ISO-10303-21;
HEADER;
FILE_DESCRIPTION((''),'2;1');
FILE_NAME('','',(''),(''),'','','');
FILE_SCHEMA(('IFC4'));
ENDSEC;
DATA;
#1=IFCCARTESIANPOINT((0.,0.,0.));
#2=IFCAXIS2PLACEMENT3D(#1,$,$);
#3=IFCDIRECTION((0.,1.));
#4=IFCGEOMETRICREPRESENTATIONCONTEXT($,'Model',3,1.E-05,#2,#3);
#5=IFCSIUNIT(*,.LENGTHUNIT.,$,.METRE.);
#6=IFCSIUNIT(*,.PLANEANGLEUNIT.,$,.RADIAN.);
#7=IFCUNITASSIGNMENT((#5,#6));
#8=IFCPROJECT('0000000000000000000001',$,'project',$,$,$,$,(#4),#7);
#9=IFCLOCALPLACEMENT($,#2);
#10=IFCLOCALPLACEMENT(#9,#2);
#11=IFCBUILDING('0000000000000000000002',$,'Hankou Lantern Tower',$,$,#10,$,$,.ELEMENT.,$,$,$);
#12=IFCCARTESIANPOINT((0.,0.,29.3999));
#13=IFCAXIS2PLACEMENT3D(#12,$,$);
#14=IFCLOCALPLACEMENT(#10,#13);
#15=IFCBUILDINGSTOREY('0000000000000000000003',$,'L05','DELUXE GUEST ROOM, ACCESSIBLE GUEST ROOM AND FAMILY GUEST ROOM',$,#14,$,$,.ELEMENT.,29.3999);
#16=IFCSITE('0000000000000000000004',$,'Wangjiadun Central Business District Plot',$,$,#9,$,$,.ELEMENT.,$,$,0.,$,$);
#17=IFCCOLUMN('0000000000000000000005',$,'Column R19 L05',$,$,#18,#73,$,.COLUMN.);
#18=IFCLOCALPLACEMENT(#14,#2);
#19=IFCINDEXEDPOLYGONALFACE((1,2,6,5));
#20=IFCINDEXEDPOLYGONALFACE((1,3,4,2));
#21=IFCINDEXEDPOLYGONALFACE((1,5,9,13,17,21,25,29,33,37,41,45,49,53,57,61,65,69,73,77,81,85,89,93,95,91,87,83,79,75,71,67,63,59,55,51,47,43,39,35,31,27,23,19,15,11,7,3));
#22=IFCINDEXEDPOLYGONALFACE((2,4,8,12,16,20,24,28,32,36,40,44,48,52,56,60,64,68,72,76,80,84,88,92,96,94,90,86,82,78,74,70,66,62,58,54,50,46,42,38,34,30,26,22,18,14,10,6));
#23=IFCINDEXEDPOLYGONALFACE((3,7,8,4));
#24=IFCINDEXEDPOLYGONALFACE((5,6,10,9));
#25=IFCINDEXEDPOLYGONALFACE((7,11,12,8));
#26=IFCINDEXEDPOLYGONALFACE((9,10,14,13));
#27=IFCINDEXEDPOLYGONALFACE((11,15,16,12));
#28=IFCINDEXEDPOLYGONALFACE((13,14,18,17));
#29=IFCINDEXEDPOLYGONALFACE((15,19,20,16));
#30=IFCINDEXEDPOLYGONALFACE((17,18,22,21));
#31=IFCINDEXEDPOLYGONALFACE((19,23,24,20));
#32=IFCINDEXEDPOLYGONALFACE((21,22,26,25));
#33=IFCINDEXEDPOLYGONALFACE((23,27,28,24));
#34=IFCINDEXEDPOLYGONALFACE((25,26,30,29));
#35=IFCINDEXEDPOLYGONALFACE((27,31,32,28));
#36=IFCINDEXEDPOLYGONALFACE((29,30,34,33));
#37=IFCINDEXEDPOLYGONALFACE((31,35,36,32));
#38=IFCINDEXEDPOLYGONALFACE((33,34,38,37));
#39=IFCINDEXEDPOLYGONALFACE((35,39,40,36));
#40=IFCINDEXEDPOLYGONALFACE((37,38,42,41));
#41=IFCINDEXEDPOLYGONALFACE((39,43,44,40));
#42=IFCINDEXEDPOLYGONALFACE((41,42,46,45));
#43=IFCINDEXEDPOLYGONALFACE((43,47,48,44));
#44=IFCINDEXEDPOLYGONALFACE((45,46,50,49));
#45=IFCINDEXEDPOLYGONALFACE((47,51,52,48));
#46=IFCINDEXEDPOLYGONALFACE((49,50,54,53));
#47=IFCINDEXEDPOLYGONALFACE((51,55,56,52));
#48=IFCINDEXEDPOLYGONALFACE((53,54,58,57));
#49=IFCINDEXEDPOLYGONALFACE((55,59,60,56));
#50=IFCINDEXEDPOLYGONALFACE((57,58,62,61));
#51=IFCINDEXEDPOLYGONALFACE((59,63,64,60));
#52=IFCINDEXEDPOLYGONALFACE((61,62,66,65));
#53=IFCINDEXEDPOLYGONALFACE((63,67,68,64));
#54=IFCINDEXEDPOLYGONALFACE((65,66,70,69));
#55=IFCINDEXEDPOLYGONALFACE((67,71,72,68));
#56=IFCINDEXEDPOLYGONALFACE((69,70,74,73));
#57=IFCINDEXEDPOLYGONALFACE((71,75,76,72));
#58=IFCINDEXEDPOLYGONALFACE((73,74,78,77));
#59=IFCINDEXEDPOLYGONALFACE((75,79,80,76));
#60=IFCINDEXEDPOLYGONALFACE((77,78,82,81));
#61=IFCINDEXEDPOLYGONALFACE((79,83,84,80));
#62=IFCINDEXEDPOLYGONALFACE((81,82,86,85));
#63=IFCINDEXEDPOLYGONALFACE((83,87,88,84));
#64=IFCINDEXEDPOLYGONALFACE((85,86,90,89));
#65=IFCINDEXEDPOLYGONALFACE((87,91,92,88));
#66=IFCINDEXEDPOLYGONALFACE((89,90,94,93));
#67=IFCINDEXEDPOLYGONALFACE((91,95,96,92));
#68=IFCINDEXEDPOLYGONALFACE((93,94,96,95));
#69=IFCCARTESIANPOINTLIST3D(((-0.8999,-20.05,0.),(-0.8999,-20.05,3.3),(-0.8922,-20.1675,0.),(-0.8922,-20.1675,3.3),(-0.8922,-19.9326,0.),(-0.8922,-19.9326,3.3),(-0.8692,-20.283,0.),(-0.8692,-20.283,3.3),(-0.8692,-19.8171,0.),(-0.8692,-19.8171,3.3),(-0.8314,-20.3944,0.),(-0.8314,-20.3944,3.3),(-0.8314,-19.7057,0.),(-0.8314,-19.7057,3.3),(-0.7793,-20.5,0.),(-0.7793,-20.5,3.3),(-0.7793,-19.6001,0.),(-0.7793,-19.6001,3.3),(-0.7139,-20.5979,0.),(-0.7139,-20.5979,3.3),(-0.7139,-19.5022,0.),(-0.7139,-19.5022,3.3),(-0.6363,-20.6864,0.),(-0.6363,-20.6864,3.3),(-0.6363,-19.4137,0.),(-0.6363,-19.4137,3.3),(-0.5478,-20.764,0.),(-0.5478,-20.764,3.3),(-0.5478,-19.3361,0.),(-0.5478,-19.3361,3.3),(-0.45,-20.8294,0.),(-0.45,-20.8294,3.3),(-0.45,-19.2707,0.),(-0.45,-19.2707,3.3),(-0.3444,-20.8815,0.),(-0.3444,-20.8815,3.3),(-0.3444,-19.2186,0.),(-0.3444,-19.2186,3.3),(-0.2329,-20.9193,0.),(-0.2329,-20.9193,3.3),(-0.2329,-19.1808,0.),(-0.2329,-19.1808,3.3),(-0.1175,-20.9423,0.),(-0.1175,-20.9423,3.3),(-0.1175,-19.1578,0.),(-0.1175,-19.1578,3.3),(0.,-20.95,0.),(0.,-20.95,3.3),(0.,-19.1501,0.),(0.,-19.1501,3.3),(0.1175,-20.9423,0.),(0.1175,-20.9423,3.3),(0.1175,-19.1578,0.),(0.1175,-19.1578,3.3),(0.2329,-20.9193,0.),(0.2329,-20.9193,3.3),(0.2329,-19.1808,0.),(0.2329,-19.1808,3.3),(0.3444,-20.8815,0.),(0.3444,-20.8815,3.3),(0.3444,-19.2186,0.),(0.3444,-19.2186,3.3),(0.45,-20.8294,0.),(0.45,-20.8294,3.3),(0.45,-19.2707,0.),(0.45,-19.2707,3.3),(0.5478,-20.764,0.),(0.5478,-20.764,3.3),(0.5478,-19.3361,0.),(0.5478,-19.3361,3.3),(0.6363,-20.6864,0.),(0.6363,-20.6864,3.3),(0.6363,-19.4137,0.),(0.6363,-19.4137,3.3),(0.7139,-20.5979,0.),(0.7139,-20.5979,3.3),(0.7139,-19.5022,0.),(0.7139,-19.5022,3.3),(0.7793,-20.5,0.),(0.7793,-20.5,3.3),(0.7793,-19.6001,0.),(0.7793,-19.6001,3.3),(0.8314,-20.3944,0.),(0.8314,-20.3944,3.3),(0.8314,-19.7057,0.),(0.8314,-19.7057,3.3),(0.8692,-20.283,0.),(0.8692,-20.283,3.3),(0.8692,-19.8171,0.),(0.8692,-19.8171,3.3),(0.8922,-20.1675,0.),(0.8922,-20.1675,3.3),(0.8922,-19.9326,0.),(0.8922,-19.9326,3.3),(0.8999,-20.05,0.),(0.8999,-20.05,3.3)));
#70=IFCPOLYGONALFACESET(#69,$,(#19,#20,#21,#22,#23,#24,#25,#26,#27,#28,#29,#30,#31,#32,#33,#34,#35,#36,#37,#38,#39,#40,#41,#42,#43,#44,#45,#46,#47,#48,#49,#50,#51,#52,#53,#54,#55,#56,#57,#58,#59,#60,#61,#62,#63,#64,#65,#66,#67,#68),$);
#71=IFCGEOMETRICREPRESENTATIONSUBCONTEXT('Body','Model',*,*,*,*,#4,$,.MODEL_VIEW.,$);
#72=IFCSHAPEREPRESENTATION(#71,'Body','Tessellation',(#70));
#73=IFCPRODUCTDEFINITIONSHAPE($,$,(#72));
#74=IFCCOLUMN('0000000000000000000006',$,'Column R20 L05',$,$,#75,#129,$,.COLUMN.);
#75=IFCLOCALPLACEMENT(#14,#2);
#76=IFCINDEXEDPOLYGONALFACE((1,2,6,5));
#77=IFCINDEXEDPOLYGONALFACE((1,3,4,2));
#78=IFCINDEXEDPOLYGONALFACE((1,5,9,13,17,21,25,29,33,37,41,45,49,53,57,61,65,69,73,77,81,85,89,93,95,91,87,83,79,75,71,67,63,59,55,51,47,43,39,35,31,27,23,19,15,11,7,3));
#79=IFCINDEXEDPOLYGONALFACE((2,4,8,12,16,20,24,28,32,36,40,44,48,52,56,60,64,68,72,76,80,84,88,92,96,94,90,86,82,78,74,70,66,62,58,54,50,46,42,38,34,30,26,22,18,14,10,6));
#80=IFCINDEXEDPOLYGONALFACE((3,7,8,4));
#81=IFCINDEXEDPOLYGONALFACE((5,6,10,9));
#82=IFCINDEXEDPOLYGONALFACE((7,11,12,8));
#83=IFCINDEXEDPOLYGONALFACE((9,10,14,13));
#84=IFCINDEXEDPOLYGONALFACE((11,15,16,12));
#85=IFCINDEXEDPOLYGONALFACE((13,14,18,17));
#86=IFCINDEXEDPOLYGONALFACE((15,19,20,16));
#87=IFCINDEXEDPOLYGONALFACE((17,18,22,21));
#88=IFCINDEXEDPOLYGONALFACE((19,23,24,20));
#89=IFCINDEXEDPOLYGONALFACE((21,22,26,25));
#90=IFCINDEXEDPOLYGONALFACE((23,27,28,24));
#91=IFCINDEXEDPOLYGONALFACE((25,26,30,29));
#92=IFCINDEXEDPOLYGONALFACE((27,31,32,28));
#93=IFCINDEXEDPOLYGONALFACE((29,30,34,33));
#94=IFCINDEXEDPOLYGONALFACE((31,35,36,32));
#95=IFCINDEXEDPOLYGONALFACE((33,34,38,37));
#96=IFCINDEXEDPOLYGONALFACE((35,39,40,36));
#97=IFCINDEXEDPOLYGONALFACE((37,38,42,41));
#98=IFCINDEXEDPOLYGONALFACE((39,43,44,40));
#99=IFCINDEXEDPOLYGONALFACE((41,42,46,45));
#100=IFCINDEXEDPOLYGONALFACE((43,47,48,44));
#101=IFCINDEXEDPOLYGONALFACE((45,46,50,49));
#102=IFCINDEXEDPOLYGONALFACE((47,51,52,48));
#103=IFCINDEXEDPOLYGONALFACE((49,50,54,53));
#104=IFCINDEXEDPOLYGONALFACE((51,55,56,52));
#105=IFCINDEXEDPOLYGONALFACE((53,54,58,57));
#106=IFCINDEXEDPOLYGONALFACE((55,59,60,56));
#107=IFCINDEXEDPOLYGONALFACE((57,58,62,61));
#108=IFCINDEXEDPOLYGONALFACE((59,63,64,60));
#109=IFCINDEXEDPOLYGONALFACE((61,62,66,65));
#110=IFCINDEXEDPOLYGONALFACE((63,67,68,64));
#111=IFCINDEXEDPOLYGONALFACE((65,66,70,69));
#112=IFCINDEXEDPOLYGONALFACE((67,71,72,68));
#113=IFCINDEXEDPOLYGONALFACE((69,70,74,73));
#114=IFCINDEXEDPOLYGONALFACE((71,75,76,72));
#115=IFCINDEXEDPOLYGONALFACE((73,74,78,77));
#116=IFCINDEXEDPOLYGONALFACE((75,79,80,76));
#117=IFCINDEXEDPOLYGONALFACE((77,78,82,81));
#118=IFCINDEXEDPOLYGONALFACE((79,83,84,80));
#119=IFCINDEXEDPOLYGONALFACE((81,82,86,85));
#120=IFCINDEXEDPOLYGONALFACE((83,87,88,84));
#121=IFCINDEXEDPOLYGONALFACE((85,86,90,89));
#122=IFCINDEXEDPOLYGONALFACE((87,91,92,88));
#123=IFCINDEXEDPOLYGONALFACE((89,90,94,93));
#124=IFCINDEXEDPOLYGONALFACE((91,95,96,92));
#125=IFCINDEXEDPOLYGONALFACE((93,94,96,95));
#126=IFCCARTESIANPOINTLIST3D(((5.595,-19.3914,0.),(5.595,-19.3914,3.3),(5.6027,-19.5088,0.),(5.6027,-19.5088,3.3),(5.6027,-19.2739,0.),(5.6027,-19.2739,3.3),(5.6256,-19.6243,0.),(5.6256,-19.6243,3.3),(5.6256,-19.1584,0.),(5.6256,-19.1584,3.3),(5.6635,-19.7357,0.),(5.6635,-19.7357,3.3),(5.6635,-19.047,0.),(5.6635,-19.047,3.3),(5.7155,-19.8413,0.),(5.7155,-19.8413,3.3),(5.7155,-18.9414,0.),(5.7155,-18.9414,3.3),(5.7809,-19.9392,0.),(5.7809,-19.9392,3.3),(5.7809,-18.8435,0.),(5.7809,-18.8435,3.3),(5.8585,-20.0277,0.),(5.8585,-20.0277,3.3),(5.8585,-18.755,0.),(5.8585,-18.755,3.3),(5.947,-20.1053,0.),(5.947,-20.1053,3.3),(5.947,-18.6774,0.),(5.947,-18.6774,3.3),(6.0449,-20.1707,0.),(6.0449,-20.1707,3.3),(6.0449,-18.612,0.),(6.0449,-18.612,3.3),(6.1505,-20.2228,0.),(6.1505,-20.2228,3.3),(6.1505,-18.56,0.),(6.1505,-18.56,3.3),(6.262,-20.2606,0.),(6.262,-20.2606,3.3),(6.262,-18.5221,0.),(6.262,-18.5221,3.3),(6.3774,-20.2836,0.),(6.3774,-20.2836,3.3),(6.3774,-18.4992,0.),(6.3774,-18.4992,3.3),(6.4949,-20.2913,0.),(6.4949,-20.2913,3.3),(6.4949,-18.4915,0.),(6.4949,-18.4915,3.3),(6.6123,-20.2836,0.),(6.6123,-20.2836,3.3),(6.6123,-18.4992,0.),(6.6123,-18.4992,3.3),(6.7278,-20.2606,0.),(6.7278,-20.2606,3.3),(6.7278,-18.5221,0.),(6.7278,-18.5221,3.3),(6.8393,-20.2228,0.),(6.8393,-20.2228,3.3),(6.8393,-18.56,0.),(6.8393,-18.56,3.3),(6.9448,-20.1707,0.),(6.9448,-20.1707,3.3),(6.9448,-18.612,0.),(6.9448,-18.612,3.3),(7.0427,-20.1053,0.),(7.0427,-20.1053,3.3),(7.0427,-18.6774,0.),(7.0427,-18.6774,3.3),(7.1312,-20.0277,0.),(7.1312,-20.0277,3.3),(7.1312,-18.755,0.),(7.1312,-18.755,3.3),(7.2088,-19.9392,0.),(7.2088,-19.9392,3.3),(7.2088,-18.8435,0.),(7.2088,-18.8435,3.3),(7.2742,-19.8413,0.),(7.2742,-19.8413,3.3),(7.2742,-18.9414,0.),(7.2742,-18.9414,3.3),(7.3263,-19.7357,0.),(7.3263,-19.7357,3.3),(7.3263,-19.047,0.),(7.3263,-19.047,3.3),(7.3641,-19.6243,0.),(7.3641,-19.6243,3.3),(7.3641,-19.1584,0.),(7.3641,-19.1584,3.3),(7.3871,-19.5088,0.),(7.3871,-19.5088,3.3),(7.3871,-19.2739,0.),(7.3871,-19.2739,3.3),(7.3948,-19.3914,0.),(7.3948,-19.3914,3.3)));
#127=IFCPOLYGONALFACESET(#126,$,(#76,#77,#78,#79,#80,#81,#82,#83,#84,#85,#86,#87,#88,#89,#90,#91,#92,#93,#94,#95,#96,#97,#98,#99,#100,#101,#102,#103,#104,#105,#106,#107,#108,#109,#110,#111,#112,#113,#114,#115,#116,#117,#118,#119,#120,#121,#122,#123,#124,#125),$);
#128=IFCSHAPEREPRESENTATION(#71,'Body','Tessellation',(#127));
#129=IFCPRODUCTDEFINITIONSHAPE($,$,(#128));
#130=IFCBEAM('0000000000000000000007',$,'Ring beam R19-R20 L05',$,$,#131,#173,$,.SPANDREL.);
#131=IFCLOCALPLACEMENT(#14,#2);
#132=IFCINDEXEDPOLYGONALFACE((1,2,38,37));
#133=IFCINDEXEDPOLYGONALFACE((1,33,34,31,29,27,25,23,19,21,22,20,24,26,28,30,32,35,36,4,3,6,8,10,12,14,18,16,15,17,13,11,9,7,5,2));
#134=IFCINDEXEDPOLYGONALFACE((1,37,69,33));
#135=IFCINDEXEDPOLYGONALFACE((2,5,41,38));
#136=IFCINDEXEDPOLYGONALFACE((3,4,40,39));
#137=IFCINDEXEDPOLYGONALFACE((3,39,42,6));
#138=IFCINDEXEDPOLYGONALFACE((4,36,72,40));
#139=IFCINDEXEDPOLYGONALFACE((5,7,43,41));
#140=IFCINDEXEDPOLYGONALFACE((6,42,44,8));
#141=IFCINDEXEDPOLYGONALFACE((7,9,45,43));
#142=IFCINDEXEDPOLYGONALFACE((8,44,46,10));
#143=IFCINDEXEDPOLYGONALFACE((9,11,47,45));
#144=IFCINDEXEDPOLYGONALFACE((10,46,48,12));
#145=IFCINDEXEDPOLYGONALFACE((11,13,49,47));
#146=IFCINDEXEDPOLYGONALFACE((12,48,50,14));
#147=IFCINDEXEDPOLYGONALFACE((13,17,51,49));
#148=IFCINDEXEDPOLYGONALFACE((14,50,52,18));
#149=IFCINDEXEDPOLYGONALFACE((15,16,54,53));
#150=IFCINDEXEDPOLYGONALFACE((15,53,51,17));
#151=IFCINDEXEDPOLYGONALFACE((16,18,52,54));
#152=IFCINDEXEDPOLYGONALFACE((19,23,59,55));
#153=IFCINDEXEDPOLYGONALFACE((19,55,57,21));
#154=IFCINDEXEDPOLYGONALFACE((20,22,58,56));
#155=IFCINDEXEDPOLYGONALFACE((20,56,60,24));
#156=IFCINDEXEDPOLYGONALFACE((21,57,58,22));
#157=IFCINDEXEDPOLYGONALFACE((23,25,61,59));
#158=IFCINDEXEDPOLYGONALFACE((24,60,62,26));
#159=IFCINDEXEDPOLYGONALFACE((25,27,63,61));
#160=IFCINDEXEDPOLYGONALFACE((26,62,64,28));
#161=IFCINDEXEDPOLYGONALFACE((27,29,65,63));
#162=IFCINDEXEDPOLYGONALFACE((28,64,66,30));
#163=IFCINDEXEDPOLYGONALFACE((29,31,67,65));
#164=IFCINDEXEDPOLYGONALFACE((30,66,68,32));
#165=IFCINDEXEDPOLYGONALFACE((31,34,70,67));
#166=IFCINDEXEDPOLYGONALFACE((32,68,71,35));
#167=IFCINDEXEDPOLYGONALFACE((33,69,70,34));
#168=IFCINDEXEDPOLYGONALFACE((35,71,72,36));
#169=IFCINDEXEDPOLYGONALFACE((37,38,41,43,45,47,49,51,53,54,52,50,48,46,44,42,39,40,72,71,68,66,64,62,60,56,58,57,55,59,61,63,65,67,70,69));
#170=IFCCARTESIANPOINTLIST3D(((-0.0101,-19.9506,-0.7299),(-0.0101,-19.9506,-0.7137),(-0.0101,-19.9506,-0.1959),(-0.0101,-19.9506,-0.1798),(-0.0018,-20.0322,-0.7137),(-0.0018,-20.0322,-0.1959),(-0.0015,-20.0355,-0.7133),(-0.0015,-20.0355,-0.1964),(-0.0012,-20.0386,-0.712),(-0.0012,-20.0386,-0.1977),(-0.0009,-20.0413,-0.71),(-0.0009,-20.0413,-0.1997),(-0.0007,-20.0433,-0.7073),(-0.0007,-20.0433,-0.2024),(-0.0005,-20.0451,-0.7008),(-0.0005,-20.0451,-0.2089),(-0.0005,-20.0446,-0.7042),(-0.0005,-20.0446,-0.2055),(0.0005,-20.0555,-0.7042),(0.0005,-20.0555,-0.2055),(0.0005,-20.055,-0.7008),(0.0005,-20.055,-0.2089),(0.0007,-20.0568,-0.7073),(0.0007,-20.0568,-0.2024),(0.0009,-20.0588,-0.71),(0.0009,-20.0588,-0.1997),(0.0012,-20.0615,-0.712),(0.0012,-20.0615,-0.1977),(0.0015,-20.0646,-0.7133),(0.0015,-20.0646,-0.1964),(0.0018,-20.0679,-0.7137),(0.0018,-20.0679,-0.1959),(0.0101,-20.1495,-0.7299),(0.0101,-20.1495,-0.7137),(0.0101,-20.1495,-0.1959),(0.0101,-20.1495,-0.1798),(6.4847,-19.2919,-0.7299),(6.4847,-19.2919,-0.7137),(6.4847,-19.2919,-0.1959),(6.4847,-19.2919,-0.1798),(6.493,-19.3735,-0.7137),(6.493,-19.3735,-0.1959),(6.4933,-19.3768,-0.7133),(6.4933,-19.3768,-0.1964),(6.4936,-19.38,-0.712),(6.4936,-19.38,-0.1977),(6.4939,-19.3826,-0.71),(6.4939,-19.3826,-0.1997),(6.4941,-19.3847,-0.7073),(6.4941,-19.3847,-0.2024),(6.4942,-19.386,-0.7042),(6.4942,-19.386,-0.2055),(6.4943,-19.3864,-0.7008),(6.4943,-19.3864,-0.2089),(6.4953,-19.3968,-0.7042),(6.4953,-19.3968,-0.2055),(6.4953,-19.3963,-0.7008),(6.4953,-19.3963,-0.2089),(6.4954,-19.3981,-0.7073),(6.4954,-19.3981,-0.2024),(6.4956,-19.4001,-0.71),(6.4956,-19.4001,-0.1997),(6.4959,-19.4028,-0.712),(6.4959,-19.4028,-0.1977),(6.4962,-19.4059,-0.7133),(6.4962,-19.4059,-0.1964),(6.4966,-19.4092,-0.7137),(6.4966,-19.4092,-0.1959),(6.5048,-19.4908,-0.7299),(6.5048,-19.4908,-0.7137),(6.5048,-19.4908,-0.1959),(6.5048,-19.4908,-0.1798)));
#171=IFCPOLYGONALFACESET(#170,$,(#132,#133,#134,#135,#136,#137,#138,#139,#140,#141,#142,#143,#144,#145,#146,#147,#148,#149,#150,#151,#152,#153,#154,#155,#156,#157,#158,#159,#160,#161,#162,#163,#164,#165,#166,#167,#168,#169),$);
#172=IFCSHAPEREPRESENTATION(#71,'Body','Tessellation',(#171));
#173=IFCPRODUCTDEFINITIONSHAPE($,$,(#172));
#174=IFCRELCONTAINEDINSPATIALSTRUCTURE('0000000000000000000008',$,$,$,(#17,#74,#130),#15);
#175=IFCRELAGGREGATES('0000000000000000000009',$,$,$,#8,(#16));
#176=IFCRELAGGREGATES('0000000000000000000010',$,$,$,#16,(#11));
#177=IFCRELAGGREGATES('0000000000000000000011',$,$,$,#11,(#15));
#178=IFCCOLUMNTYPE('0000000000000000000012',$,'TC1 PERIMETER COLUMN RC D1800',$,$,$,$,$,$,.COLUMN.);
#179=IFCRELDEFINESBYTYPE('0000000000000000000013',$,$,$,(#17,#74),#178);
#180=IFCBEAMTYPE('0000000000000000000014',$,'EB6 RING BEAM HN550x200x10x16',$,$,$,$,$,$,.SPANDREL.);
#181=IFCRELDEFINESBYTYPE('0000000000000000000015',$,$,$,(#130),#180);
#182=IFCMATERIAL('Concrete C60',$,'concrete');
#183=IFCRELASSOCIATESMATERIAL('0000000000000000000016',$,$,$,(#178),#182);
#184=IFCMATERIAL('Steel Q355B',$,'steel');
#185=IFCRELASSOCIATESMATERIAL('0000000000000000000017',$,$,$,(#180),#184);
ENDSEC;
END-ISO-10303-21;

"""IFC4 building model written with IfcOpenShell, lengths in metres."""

from ifc_helpers import new_model, si_unit, direction, frame, origin, origin_2d, place, context, subcontext, project, spatial, circle, i_section, extrude, material, material_profile, profile_set, type_object, element, save


model = new_model("IFC4")

# Units and contexts
model_context = context("Model", 3, precision=1e-05, world=origin(), true_north=direction((0.0, 1.0)))
body_context = subcontext(model_context, "Body", "Model", "MODEL_VIEW")
ifc_project = project(units=[si_unit("LENGTHUNIT", "METRE"), si_unit("PLANEANGLEUNIT", "RADIAN")], contexts=[model_context])

# Site, building, storey
site_placement = place(None, origin())
site = spatial("IfcSite", under=ifc_project, at=site_placement, Name="Wangjiadun Central Business District Plot", CompositionType="ELEMENT", RefElevation=0.0)
building_placement = place(site_placement, origin())
building = spatial("IfcBuilding", under=site, at=building_placement, Name="Hankou Lantern Tower", CompositionType="ELEMENT")
storey_placement = place(building_placement, frame((0.0, 0.0, 29.3999)))
storey = spatial("IfcBuildingStorey", under=building, at=storey_placement, Name="L05", Description="DELUXE GUEST ROOM, ACCESSIBLE GUEST ROOM AND FAMILY GUEST ROOM", CompositionType="ELEMENT", Elevation=29.3999)

# Columns
ifc_material_1 = material(Name="Concrete C60", Category="concrete")
ifc_material_profile_1 = material_profile(ifc_material_1, circle(Radius=0.8999, at=origin_2d()), Name="RC D1800")
ifc_profile_set_1 = profile_set([ifc_material_profile_1], Name="Concrete C60")
column_type = type_object("IfcColumnType", Name="TC1 PERIMETER COLUMN RC D1800", PredefinedType="COLUMN", material=ifc_profile_set_1)
for number, where, z_axis, x_axis, name in (
    (1, (0.0, -20.05, 0.0), (0.0, 0.0, 1.0), (1.0, 0.0, 0.0), "Column R19 L05"),
    (2, (6.4949, -19.3914, 0.0), (0.0, 0.0, 1.0), (1.0, 0.0, 0.0), "Column R20 L05"),
):
    element("IfcColumn", number, at=place(storey_placement, frame(where, z_axis=z_axis, x_axis=x_axis)), inside=storey, type_object=column_type, Name=name, PredefinedType="COLUMN", context=body_context, shape_type="SweptSolid", body=[
        extrude(circle(Radius=0.8999, at=origin_2d()), origin(), (0.0, 0.0, 1.0), 3.3),
    ])

# Beam
ifc_material_2 = material(Name="Steel Q355B", Category="steel")
ifc_material_profile_2 = material_profile(ifc_material_2, i_section(OverallWidth=0.2, OverallDepth=0.55, WebThickness=0.01, FlangeThickness=0.0161, FilletRadius=0.0129, at=origin_2d()), Name="HN550x200x10x16")
ifc_profile_set_2 = profile_set([ifc_material_profile_2], Name="Steel Q355B")
beam_type_1 = type_object("IfcBeamType", Name="EB6 RING BEAM HN550x200x10x16", PredefinedType="SPANDREL", material=ifc_profile_set_2)
beam_1_placement = place(storey_placement, frame((0.0, -20.05, -0.4548), z_axis=(0.994897, 0.1009, 0.0), x_axis=(-0.1009, 0.994897, 0.0)))
element("IfcBeam", 3, at=beam_1_placement, inside=storey, type_object=beam_type_1, Name="Ring beam R19-R20 L05", PredefinedType="SPANDREL", context=body_context, shape_type="SweptSolid", body=[
    extrude(i_section(OverallWidth=0.2, OverallDepth=0.55, WebThickness=0.01, FlangeThickness=0.0161, FilletRadius=0.0129, at=origin_2d()), origin(), (0.0, 0.0, 1.0), 6.5281),
])

save(model, "model.ifc")
